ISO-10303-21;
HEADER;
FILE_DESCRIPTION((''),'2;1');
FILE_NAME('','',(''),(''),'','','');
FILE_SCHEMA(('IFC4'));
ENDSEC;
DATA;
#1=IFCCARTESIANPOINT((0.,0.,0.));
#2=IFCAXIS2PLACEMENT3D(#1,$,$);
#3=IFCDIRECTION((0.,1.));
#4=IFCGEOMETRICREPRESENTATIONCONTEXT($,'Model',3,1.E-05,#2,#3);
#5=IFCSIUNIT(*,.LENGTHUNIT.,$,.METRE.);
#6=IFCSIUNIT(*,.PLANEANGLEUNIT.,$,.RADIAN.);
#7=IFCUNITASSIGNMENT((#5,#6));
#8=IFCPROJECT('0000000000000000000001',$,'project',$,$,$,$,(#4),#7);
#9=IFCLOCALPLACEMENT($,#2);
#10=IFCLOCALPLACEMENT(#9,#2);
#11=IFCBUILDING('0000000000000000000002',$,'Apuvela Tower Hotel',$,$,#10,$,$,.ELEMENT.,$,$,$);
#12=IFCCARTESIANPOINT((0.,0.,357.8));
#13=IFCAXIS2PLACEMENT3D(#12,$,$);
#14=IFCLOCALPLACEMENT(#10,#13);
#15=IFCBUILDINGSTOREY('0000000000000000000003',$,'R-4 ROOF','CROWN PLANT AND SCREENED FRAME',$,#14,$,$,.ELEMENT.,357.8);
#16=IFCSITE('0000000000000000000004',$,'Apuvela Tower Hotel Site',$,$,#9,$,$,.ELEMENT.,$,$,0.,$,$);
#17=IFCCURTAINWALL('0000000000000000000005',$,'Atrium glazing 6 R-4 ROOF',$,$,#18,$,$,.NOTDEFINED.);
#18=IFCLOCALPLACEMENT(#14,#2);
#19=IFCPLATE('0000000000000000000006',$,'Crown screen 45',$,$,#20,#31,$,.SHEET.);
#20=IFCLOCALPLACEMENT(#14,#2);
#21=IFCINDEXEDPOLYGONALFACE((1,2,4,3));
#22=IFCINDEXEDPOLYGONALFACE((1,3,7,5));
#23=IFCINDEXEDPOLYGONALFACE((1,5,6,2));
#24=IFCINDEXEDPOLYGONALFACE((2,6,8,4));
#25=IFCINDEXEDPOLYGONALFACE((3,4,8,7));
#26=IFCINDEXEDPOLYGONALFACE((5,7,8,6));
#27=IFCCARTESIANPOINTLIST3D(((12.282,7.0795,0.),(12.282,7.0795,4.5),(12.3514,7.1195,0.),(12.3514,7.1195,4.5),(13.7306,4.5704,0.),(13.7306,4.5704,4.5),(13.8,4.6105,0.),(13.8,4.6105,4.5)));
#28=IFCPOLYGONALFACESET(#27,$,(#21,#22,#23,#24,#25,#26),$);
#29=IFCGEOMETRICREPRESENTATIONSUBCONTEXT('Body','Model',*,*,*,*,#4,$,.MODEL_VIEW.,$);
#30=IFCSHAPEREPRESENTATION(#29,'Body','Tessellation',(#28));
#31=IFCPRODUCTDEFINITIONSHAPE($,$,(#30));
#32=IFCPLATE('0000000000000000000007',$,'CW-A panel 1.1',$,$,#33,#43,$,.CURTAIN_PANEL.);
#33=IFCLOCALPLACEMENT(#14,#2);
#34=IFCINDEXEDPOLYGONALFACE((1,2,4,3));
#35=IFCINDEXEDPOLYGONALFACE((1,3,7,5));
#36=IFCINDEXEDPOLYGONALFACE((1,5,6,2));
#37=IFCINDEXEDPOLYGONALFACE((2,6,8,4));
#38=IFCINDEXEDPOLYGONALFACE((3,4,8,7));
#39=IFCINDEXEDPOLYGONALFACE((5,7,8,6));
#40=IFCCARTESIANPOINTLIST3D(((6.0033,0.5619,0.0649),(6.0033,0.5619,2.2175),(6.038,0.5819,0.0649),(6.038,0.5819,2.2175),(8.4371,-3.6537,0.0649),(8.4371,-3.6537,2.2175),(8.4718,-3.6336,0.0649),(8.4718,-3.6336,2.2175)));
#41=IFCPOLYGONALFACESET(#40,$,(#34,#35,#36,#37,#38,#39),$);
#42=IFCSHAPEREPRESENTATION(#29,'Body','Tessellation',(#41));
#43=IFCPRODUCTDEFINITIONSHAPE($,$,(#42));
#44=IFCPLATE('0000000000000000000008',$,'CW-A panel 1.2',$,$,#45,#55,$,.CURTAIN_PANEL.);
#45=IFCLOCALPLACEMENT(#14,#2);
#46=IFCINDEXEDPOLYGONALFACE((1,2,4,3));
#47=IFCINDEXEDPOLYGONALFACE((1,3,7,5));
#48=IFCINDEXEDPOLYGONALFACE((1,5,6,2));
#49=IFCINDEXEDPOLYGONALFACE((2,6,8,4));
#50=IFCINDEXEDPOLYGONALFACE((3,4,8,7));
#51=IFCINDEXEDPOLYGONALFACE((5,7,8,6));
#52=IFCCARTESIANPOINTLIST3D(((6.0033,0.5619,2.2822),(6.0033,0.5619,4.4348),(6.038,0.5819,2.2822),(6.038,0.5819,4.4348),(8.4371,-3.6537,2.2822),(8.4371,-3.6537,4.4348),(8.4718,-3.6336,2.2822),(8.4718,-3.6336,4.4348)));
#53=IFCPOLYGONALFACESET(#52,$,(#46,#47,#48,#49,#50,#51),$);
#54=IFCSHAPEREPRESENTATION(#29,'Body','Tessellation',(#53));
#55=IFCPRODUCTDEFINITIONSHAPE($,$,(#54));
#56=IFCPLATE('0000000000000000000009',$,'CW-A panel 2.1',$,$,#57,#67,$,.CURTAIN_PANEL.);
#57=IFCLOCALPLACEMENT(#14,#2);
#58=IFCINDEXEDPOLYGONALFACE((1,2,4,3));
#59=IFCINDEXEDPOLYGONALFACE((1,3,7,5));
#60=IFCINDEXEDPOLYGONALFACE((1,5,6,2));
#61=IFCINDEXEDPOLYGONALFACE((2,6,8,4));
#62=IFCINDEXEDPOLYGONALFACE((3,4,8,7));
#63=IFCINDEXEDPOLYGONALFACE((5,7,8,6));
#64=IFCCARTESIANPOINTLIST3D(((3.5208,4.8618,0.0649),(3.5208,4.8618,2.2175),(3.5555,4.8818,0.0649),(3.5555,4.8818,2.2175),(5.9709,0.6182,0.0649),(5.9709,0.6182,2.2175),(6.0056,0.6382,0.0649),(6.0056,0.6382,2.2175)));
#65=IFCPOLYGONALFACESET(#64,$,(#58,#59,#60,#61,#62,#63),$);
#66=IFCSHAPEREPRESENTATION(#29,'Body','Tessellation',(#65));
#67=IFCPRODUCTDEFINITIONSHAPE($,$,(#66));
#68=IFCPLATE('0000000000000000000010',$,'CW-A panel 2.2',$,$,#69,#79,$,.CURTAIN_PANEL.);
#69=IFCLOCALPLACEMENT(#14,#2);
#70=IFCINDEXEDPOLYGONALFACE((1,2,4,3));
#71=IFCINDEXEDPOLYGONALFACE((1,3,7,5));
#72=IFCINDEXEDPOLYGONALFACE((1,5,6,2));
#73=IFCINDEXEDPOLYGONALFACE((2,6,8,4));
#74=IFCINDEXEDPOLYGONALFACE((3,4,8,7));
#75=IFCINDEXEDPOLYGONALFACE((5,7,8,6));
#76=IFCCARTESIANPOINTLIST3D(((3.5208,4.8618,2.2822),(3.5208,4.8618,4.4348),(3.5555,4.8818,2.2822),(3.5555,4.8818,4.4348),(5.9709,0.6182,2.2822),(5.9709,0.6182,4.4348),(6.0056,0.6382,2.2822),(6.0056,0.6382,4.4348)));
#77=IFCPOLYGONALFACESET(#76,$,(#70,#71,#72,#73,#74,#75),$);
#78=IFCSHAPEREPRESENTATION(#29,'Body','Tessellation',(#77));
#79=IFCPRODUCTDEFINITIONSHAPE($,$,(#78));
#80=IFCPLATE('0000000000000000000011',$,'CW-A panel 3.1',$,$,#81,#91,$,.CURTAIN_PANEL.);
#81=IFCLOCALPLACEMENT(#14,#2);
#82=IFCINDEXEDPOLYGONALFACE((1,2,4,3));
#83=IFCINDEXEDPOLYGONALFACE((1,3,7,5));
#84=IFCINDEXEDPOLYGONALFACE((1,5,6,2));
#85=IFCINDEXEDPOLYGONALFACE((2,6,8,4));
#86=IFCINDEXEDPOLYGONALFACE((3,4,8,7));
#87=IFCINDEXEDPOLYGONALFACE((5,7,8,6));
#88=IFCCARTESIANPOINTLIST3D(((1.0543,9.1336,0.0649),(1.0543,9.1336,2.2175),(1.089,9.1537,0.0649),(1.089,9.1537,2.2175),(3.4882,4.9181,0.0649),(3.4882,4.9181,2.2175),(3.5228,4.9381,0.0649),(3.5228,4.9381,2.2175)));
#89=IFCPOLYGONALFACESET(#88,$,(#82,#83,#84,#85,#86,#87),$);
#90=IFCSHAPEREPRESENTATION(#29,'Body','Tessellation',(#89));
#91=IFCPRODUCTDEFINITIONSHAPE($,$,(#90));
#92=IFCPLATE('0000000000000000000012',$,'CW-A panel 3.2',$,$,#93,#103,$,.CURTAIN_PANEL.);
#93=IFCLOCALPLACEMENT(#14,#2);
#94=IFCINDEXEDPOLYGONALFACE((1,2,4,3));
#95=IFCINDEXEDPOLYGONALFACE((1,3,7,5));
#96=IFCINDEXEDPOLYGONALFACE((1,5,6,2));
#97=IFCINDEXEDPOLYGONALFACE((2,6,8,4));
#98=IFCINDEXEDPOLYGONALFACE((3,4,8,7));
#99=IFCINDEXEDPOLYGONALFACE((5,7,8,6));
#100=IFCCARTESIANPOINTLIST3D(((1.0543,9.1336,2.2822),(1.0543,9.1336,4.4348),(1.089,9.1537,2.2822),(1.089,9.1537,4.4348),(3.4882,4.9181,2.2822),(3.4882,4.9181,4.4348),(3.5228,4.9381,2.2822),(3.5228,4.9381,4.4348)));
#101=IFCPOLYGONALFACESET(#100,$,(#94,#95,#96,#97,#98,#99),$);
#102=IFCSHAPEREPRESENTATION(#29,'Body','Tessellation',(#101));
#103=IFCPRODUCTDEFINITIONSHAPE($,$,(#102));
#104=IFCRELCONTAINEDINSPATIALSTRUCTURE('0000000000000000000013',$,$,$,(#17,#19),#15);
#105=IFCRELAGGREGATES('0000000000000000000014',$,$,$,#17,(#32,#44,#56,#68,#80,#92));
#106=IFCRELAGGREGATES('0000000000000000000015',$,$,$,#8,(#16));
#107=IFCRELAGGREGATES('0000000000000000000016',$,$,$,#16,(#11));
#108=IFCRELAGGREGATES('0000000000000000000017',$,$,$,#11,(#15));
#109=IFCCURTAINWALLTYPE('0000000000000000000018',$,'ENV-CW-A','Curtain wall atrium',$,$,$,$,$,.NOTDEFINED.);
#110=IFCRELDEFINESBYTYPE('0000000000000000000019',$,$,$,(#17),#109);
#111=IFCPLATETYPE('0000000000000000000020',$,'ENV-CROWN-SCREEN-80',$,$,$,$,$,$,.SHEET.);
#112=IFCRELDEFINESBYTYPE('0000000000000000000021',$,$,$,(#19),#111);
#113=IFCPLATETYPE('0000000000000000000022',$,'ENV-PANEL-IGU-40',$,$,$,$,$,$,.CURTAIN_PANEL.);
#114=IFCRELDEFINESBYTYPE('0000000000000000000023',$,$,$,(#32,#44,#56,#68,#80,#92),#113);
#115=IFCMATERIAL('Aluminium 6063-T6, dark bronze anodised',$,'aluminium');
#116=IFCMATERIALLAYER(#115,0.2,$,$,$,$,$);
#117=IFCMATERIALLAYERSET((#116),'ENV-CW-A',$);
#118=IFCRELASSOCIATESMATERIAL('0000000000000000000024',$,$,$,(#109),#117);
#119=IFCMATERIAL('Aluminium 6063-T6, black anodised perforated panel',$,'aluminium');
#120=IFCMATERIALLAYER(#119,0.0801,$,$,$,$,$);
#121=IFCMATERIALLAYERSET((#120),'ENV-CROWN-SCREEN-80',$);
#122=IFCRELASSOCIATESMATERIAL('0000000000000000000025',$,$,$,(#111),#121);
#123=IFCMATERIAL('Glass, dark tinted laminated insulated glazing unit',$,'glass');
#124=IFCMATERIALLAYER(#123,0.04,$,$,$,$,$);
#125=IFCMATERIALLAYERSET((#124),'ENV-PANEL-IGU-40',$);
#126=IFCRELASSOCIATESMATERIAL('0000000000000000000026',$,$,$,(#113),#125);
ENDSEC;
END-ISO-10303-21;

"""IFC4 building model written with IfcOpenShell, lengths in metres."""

from ifc_helpers import new_model, si_unit, direction, frame, origin, origin_2d, place, context, subcontext, project, spatial, rectangle, extrude, material, layer, layer_set, type_object, element, aggregate, save


model = new_model("IFC4")

# Units and contexts
model_context = context("Model", 3, precision=1e-05, world=origin(), true_north=direction((0.0, 1.0)))
body_context = subcontext(model_context, "Body", "Model", "MODEL_VIEW")
ifc_project = project(units=[si_unit("LENGTHUNIT", "METRE"), si_unit("PLANEANGLEUNIT", "RADIAN")], contexts=[model_context])

# Site, building, storey
site_placement = place(None, origin())
site = spatial("IfcSite", under=ifc_project, at=site_placement, Name="Apuvela Tower Hotel Site", CompositionType="ELEMENT", RefElevation=0.0)
building_placement = place(site_placement, origin())
building = spatial("IfcBuilding", under=site, at=building_placement, Name="Apuvela Tower Hotel", CompositionType="ELEMENT")
storey_placement = place(building_placement, frame((0.0, 0.0, 357.8)))
storey = spatial("IfcBuildingStorey", under=building, at=storey_placement, Name="R-4 ROOF", Description="CROWN PLANT AND SCREENED FRAME", CompositionType="ELEMENT", Elevation=357.8)

# Shared definitions
ifc_material_1 = material(Name="Aluminium 6063-T6, dark bronze anodised", Category="aluminium")

# Curtain wall
ifc_layer_1 = layer(ifc_material_1, 0.2)
ifc_layer_set_1 = layer_set([ifc_layer_1], Name="ENV-CW-A")
curtain_wall_type_1 = type_object("IfcCurtainWallType", Name="ENV-CW-A", Description="Curtain wall atrium", PredefinedType="NOTDEFINED", material=ifc_layer_set_1)
curtain_wall_1_placement = place(storey_placement, origin())
curtain_wall_1 = element("IfcCurtainWall", 1, at=curtain_wall_1_placement, inside=storey, type_object=curtain_wall_type_1, Name="Atrium glazing 6 R-4 ROOF", PredefinedType="NOTDEFINED")

# Plate
ifc_material_2 = material(Name="Aluminium 6063-T6, black anodised perforated panel", Category="aluminium")
ifc_layer_2 = layer(ifc_material_2, 0.0801)
ifc_layer_set_2 = layer_set([ifc_layer_2], Name="ENV-CROWN-SCREEN-80")
plate_type_1 = type_object("IfcPlateType", Name="ENV-CROWN-SCREEN-80", PredefinedType="SHEET", material=ifc_layer_set_2)
for number, where, z_axis, x_axis, name in (
    (2, (13.041, 5.845, 0.0), (0.0, 0.0, 1.0), (-0.5, 0.866025, 0.0), "Crown screen 45"),
):
    element("IfcPlate", number, at=place(storey_placement, frame(where, z_axis=z_axis, x_axis=x_axis)), inside=storey, type_object=plate_type_1, Name=name, PredefinedType="SHEET", context=body_context, shape_type="SweptSolid", body=[
        extrude(rectangle(XDim=2.8972, YDim=0.0801, at=origin_2d()), origin(), (0.0, 0.0, 1.0), 4.5),
    ])

# Plates
ifc_material_3 = material(Name="Glass, dark tinted laminated insulated glazing unit", Category="glass")
ifc_layer_3 = layer(ifc_material_3, 0.04)
ifc_layer_set_3 = layer_set([ifc_layer_3], Name="ENV-PANEL-IGU-40")
plate_type_2 = type_object("IfcPlateType", Name="ENV-PANEL-IGU-40", PredefinedType="CURTAIN_PANEL", material=ifc_layer_set_3)
plate_1_placement = place(storey_placement, frame((7.2375, -1.5359, 0.0649), z_axis=(0.0, 0.0, 1.0), x_axis=(-0.499999, 0.866026, 0.0)))
plate_1 = element("IfcPlate", 3, at=plate_1_placement, type_object=plate_type_2, Name="CW-A panel 1.1", PredefinedType="CURTAIN_PANEL", context=body_context, shape_type="SweptSolid", body=[
    extrude(rectangle(XDim=4.8677, YDim=0.04, at=origin_2d()), origin(), (0.0, 0.0, 1.0), 2.1526),
])
plate_2_placement = place(storey_placement, frame((7.2375, -1.5359, 2.2822), z_axis=(0.0, 0.0, 1.0), x_axis=(-0.499999, 0.866026, 0.0)))
plate_2 = element("IfcPlate", 4, at=plate_2_placement, type_object=plate_type_2, Name="CW-A panel 1.2", PredefinedType="CURTAIN_PANEL", context=body_context, shape_type="SweptSolid", body=[
    extrude(rectangle(XDim=4.8677, YDim=0.04, at=origin_2d()), origin(), (0.0, 0.0, 1.0), 2.1526),
])
plate_3_placement = place(storey_placement, frame((4.7632, 2.75, 0.0649), z_axis=(0.0, 0.0, 1.0), x_axis=(-0.499999, 0.866026, 0.0)))
plate_3 = element("IfcPlate", 5, at=plate_3_placement, type_object=plate_type_2, Name="CW-A panel 2.1", PredefinedType="CURTAIN_PANEL", context=body_context, shape_type="SweptSolid", body=[
    extrude(rectangle(XDim=4.9001, YDim=0.04, at=origin_2d()), origin(), (0.0, 0.0, 1.0), 2.1526),
])
plate_4_placement = place(storey_placement, frame((4.7632, 2.75, 2.2822), z_axis=(0.0, 0.0, 1.0), x_axis=(-0.499999, 0.866026, 0.0)))
plate_4 = element("IfcPlate", 6, at=plate_4_placement, type_object=plate_type_2, Name="CW-A panel 2.2", PredefinedType="CURTAIN_PANEL", context=body_context, shape_type="SweptSolid", body=[
    extrude(rectangle(XDim=4.9001, YDim=0.04, at=origin_2d()), origin(), (0.0, 0.0, 1.0), 2.1526),
])
plate_5_placement = place(storey_placement, frame((2.2886, 7.0359, 0.0649), z_axis=(0.0, 0.0, 1.0), x_axis=(-0.499999, 0.866026, 0.0)))
plate_5 = element("IfcPlate", 7, at=plate_5_placement, type_object=plate_type_2, Name="CW-A panel 3.1", PredefinedType="CURTAIN_PANEL", context=body_context, shape_type="SweptSolid", body=[
    extrude(rectangle(XDim=4.8677, YDim=0.04, at=origin_2d()), origin(), (0.0, 0.0, 1.0), 2.1526),
])
plate_6_placement = place(storey_placement, frame((2.2886, 7.0359, 2.2822), z_axis=(0.0, 0.0, 1.0), x_axis=(-0.499999, 0.866026, 0.0)))
plate_6 = element("IfcPlate", 8, at=plate_6_placement, type_object=plate_type_2, Name="CW-A panel 3.2", PredefinedType="CURTAIN_PANEL", context=body_context, shape_type="SweptSolid", body=[
    extrude(rectangle(XDim=4.8677, YDim=0.04, at=origin_2d()), origin(), (0.0, 0.0, 1.0), 2.1526),
])
aggregate(curtain_wall_1, [plate_1, plate_2, plate_3, plate_4, plate_5, plate_6])

save(model, "model.ifc")
